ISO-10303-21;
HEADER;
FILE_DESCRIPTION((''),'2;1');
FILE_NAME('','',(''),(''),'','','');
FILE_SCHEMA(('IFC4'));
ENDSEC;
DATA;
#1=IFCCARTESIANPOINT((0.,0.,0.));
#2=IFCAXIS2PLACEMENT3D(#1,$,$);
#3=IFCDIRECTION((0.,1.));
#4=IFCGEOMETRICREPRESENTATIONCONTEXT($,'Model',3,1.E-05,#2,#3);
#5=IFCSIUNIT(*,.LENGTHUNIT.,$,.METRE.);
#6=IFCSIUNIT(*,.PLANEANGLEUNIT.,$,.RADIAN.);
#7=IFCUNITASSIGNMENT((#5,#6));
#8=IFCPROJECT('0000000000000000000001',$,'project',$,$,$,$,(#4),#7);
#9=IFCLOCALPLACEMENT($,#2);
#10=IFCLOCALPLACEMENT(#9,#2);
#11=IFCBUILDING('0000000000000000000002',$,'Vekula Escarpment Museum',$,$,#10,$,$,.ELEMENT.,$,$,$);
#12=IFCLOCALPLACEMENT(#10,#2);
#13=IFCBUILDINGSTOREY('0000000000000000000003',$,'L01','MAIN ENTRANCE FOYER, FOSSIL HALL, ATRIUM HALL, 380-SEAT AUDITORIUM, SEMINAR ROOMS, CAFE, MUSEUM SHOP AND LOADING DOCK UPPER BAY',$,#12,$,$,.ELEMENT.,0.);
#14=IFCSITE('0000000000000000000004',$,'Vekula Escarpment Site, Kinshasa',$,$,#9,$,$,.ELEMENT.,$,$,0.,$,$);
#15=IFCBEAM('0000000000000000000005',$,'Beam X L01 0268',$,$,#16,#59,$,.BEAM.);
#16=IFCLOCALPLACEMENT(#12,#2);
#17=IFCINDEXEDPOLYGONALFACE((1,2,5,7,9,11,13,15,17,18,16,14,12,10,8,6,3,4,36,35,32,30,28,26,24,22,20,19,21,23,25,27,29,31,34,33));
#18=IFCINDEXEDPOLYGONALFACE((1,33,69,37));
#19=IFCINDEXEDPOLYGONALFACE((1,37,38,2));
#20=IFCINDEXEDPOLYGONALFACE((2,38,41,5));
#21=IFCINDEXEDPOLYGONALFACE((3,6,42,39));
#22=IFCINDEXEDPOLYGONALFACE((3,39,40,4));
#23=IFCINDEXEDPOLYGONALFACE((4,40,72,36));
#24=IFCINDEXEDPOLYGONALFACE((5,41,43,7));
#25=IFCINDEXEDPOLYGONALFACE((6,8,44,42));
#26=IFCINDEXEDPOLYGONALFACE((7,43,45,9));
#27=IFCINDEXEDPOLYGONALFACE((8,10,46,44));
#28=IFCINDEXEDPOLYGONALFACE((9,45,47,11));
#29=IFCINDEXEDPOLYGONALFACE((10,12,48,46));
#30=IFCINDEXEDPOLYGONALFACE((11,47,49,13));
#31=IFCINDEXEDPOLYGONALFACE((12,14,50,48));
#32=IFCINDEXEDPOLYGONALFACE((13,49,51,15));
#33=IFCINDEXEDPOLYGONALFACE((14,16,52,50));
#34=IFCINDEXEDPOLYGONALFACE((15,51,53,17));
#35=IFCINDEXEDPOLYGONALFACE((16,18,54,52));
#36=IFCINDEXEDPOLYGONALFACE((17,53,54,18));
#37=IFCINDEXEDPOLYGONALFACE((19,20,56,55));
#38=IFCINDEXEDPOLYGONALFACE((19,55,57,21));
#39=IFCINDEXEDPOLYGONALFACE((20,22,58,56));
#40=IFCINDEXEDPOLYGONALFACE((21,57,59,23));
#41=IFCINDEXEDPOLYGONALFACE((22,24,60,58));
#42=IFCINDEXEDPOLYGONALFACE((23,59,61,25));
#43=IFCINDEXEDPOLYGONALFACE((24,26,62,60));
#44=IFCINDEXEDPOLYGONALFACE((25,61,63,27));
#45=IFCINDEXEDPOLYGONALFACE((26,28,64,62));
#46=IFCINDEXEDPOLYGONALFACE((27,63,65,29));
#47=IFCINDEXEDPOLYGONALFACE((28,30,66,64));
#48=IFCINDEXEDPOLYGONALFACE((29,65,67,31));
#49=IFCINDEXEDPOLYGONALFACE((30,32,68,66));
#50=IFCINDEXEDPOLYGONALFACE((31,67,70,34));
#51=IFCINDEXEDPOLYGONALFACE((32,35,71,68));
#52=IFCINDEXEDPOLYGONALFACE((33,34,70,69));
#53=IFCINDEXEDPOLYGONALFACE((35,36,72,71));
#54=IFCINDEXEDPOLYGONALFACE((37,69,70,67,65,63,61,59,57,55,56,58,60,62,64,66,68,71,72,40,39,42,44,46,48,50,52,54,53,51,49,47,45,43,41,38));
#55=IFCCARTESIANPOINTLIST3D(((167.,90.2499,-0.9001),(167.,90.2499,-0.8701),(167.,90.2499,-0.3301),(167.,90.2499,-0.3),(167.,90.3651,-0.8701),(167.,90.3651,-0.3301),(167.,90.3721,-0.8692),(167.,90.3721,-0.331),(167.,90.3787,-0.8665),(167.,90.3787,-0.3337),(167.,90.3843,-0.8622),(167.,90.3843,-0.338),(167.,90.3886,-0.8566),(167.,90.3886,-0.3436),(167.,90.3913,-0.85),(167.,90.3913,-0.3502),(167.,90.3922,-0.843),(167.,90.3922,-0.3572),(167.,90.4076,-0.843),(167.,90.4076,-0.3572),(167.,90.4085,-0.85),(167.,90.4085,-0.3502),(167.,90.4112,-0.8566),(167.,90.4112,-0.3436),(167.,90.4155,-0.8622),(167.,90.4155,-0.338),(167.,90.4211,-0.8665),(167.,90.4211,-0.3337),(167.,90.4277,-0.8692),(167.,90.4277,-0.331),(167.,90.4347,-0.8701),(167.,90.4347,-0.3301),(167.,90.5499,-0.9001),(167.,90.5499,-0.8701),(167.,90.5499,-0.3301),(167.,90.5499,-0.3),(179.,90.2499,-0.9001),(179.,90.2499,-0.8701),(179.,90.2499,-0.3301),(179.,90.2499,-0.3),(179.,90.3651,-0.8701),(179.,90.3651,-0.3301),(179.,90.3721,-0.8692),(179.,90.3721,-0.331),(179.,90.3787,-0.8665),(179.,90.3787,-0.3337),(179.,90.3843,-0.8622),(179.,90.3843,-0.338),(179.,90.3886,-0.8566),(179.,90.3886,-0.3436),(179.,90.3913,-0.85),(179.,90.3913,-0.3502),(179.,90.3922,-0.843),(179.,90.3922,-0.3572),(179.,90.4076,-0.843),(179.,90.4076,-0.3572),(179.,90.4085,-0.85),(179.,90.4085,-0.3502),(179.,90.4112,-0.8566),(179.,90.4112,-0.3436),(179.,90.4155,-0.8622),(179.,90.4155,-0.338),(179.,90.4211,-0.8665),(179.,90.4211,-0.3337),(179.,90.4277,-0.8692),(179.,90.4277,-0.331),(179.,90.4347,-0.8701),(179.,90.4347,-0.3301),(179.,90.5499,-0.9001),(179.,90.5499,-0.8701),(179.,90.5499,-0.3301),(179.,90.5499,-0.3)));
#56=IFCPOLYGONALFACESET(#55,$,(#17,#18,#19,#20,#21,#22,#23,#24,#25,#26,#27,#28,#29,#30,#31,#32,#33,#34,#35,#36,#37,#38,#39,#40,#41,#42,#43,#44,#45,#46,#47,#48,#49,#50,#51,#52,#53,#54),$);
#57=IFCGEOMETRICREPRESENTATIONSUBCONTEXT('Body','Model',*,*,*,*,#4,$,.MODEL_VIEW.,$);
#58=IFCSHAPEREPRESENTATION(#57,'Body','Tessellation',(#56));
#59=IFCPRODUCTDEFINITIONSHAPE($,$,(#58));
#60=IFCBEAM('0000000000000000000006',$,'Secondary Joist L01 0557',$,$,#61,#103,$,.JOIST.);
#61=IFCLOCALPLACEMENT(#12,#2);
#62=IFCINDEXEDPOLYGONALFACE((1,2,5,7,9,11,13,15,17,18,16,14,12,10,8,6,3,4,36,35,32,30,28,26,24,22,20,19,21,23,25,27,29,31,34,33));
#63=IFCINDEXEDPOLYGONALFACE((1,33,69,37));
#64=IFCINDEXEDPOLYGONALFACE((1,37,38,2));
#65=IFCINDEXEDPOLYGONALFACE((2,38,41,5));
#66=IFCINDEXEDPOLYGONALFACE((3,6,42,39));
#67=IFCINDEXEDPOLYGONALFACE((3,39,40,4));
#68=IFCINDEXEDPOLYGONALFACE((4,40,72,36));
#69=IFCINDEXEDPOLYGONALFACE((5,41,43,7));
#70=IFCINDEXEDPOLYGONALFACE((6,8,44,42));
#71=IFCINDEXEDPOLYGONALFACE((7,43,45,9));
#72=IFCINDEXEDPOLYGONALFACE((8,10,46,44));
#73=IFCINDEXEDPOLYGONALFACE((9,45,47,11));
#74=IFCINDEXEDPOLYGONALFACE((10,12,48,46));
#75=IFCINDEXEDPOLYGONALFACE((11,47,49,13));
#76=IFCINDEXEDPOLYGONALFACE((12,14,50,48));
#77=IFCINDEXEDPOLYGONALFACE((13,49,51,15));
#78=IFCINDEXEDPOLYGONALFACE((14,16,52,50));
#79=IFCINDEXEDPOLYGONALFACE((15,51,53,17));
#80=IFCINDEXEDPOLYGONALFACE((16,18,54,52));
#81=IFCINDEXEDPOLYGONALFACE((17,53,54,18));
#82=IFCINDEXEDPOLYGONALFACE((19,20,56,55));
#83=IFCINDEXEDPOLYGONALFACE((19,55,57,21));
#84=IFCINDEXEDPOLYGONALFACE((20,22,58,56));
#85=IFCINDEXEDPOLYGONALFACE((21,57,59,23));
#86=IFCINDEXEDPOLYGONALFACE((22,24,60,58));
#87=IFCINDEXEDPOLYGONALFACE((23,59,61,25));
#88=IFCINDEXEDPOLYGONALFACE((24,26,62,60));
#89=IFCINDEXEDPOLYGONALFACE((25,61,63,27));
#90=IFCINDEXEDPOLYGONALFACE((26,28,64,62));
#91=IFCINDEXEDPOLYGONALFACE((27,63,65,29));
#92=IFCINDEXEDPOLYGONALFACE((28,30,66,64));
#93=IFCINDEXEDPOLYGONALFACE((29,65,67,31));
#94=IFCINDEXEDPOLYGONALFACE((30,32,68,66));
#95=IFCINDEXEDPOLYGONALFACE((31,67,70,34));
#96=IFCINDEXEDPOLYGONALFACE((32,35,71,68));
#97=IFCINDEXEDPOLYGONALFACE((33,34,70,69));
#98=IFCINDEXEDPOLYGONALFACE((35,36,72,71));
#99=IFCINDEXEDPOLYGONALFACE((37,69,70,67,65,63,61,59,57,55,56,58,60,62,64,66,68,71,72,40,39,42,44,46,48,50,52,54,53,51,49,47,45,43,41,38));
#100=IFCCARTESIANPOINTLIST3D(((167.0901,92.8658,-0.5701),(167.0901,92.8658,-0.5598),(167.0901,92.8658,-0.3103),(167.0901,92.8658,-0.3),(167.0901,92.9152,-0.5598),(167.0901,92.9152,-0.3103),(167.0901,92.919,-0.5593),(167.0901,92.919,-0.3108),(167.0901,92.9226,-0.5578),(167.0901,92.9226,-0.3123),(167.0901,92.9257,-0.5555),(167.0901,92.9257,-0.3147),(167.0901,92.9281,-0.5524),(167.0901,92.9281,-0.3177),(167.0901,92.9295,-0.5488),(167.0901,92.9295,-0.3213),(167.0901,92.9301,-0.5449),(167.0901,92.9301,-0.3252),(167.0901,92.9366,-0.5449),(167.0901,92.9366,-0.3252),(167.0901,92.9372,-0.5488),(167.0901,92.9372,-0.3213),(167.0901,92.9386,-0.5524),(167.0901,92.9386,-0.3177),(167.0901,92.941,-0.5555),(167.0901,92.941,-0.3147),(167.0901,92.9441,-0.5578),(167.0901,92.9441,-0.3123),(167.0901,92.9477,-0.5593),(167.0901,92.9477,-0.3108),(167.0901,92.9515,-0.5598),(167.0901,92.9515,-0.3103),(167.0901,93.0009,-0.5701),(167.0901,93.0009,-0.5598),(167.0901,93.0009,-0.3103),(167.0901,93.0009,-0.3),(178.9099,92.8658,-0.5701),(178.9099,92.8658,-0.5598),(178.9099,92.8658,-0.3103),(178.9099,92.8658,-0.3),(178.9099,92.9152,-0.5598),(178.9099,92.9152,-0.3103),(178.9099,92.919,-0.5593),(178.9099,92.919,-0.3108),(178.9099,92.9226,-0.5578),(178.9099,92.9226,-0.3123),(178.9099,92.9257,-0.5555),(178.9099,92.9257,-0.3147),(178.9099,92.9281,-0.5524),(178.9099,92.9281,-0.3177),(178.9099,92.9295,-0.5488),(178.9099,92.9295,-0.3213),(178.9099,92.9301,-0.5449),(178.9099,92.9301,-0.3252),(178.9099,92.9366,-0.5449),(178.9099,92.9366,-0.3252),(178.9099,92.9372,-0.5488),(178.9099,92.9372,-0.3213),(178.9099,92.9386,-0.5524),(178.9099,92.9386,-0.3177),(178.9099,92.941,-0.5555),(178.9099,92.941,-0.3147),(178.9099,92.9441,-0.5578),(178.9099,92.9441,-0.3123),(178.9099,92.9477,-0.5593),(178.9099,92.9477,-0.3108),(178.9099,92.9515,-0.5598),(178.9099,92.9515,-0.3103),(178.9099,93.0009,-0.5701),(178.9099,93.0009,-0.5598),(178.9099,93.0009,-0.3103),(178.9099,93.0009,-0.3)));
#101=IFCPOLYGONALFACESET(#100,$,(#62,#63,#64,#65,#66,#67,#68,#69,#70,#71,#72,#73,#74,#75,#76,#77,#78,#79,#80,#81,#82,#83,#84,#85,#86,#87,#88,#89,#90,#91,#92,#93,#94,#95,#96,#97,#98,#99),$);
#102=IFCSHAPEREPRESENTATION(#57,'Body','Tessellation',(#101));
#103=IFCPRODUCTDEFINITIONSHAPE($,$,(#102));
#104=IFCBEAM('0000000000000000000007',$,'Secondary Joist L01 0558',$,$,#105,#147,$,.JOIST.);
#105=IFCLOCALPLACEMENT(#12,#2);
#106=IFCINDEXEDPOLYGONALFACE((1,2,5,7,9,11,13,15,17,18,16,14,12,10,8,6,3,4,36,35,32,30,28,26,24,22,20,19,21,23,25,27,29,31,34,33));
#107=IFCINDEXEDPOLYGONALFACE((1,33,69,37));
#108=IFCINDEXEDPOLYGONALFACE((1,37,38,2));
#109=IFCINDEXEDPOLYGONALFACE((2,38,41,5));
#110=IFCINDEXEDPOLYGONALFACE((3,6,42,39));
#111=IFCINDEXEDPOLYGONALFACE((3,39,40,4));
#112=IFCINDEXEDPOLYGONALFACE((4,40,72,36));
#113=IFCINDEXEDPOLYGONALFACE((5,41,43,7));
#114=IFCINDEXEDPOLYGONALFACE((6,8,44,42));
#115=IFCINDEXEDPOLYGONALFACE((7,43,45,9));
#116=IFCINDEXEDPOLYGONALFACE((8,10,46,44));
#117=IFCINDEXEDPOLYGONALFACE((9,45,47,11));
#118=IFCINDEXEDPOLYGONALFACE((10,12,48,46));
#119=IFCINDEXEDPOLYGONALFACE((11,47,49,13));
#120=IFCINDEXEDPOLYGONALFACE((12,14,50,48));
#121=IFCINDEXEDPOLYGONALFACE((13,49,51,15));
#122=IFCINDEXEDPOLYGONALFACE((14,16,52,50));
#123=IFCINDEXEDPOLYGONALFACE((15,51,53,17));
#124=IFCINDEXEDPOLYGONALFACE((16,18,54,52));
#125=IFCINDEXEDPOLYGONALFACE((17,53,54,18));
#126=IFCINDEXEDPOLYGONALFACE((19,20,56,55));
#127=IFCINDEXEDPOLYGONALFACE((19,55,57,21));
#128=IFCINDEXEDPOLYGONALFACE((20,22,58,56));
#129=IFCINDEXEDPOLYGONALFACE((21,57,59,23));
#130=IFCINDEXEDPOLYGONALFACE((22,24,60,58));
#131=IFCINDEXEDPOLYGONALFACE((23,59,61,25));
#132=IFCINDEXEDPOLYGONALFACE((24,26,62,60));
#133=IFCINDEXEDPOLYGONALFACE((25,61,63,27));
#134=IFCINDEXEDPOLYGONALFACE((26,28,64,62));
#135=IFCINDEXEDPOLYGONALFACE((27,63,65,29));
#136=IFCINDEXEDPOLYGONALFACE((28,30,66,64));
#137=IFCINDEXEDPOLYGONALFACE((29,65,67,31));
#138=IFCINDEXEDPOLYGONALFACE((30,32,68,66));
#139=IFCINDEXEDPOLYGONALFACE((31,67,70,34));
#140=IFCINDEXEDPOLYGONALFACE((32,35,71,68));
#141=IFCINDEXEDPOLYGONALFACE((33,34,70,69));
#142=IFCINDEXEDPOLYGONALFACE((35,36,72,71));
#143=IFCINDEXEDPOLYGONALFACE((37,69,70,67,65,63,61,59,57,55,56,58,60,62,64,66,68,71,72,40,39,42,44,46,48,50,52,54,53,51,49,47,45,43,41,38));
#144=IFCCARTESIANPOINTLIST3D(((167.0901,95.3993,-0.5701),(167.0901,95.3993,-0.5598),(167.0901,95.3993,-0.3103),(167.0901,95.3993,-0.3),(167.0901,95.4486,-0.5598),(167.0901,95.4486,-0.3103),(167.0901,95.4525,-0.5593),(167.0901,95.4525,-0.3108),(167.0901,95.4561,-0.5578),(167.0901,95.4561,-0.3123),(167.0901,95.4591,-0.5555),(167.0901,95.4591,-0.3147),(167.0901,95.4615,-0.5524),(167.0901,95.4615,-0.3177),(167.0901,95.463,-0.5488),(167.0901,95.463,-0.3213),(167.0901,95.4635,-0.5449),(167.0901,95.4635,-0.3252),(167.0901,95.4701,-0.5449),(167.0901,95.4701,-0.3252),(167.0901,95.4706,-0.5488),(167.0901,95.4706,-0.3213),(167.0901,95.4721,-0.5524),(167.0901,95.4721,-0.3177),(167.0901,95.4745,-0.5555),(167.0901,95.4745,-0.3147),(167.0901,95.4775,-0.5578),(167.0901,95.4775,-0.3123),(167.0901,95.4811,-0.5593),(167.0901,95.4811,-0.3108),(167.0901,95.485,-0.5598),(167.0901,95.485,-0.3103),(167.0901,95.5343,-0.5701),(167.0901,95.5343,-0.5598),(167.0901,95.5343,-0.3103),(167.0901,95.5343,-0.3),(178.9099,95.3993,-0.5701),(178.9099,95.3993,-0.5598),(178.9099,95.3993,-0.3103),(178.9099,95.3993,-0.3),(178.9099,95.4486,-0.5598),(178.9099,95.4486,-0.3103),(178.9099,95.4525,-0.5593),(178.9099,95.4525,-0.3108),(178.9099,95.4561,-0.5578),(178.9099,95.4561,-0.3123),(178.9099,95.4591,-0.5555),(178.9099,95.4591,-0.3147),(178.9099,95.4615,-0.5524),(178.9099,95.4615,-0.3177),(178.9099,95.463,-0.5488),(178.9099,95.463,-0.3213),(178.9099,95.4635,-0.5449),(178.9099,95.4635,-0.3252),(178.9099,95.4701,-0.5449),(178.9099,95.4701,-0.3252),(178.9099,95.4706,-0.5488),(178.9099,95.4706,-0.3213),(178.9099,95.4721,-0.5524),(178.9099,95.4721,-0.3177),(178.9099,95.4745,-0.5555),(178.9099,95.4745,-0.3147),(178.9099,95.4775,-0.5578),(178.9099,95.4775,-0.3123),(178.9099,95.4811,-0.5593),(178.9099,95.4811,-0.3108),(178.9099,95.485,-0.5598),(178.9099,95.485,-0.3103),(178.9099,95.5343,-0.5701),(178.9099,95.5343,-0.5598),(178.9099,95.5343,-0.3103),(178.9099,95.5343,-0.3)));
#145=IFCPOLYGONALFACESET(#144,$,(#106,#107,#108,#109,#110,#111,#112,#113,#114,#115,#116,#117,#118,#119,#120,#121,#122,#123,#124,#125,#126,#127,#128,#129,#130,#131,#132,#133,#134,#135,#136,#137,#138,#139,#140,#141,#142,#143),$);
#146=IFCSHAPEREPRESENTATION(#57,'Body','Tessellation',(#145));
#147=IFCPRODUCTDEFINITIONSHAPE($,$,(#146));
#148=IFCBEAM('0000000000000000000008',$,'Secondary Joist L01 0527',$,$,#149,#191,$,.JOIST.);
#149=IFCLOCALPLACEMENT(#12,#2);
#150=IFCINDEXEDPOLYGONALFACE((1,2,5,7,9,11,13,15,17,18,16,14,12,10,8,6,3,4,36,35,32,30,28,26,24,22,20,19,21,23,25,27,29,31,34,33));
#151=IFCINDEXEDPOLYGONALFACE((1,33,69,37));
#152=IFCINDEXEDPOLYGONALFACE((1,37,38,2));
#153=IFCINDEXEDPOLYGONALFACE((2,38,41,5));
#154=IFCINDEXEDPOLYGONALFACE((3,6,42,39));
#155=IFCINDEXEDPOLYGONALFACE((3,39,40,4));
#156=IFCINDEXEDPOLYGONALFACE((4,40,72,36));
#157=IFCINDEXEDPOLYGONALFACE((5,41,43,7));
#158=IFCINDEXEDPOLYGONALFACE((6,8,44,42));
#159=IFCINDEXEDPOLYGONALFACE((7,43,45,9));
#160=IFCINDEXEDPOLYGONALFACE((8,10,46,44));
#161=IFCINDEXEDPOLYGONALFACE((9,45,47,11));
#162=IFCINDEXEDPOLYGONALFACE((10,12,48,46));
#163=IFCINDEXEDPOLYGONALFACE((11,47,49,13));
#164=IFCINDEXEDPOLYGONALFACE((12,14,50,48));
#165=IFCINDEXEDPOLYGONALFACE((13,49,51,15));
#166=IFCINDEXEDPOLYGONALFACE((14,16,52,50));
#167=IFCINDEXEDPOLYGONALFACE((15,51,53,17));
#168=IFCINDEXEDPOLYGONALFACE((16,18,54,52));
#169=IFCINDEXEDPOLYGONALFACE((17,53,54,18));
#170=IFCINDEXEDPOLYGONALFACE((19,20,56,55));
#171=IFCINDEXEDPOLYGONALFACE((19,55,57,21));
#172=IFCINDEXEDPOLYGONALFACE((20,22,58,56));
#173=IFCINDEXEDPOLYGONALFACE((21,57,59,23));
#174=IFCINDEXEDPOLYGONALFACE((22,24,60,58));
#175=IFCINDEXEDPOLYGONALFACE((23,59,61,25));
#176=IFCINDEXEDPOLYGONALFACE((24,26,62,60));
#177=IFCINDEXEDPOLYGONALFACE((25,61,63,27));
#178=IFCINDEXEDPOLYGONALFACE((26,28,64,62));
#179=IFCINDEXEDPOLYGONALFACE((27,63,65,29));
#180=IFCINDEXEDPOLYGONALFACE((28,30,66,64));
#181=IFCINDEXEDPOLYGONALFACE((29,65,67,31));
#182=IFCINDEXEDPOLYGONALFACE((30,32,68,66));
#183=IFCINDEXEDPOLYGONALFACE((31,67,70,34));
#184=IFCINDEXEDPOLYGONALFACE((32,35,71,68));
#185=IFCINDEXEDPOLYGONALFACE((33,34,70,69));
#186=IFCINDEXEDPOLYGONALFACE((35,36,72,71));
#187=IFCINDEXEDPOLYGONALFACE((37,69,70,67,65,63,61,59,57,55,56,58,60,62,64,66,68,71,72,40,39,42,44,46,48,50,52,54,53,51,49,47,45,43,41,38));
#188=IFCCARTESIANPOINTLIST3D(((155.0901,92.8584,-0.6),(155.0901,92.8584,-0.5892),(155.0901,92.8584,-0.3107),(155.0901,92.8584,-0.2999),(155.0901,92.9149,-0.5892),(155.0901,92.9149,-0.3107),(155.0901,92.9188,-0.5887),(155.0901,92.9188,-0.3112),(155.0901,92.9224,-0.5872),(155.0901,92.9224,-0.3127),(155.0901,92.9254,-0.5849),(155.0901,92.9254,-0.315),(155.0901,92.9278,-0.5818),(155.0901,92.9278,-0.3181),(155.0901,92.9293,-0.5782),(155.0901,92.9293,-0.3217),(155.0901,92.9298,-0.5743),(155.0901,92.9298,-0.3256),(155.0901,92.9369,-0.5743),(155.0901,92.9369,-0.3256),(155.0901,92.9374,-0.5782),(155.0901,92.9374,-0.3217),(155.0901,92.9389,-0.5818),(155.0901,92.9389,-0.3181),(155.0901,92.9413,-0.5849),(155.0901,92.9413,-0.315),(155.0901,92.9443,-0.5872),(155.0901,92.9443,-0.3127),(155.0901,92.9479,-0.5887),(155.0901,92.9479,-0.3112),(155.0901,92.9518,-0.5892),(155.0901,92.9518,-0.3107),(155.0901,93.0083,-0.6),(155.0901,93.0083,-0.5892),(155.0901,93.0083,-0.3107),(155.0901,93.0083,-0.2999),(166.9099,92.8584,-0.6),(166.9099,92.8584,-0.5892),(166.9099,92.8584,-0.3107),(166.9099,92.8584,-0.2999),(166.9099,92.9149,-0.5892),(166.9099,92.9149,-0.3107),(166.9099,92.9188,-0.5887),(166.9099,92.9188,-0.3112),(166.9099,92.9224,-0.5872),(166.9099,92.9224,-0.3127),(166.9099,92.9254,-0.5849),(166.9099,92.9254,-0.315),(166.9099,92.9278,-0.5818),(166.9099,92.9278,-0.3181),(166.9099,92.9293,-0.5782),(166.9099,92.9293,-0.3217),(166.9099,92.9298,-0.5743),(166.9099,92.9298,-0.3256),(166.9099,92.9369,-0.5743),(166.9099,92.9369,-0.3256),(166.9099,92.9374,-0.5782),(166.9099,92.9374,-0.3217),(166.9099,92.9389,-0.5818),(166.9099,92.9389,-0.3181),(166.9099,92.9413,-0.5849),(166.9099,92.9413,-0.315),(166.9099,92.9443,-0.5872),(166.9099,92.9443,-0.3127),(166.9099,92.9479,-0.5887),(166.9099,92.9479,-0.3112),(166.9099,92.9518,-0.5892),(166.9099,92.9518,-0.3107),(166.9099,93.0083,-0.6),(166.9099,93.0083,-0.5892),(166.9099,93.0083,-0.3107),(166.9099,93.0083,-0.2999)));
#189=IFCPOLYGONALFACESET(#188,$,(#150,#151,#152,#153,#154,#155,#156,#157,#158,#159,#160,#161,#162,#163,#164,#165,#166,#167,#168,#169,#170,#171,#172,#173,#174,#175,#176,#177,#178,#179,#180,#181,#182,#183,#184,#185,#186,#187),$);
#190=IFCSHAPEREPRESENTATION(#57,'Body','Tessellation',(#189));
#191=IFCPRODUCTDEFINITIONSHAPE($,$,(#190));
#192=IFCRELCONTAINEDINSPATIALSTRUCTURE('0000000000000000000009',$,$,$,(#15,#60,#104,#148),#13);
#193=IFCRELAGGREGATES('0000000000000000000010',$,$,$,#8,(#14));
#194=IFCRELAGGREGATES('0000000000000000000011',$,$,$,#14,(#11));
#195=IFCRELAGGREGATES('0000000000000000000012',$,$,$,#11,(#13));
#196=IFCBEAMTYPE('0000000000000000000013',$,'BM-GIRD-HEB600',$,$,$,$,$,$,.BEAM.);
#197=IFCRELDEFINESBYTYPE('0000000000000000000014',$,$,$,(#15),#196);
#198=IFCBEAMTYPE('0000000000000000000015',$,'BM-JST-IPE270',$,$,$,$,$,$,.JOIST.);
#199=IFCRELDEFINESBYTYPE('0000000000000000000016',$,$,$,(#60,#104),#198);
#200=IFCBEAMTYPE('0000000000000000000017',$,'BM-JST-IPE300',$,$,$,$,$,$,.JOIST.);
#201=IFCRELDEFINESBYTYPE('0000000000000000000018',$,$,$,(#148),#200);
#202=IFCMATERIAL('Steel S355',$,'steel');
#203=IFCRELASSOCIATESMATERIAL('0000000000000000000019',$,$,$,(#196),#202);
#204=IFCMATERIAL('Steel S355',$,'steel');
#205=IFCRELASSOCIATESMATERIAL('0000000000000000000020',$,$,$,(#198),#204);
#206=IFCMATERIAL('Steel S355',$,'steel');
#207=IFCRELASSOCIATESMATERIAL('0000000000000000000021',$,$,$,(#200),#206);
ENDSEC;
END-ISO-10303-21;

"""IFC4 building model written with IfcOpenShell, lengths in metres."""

from ifc_helpers import new_model, si_unit, direction, frame, origin, origin_2d, place, context, subcontext, project, spatial, i_section, extrude, material, material_profile, profile_set, type_object, element, save


model = new_model("IFC4")

# Units and contexts
model_context = context("Model", 3, precision=1e-05, world=origin(), true_north=direction((0.0, 1.0)))
body_context = subcontext(model_context, "Body", "Model", "MODEL_VIEW")
ifc_project = project(units=[si_unit("LENGTHUNIT", "METRE"), si_unit("PLANEANGLEUNIT", "RADIAN")], contexts=[model_context])

# Site, building, storey
site_placement = place(None, origin())
site = spatial("IfcSite", under=ifc_project, at=site_placement, Name="Vekula Escarpment Site, Kinshasa", CompositionType="ELEMENT", RefElevation=0.0)
building_placement = place(site_placement, origin())
building = spatial("IfcBuilding", under=site, at=building_placement, Name="Vekula Escarpment Museum", CompositionType="ELEMENT")
storey_placement = place(building_placement, origin())
storey = spatial("IfcBuildingStorey", under=building, at=storey_placement, Name="L01", Description="MAIN ENTRANCE FOYER, FOSSIL HALL, ATRIUM HALL, 380-SEAT AUDITORIUM, SEMINAR ROOMS, CAFE, MUSEUM SHOP AND LOADING DOCK UPPER BAY", CompositionType="ELEMENT", Elevation=0.0)

# Beams
ifc_material_1 = material(Name="Steel S355", Category="steel")
ifc_material_profile_1 = material_profile(ifc_material_1, i_section(OverallWidth=0.3, OverallDepth=0.6001, WebThickness=0.0154, FlangeThickness=0.03, FilletRadius=0.0271, at=origin_2d()), Name="HEB 600")
ifc_profile_set_1 = profile_set([ifc_material_profile_1], Name="Steel S355")
beam_type_1 = type_object("IfcBeamType", Name="BM-GIRD-HEB600", PredefinedType="BEAM", material=ifc_profile_set_1)
for number, where, z_axis, x_axis, name in (
    (1, (167.0, 90.3999, -0.6001), (1.0, 0.0, 0.0), (0.0, 1.0, 0.0), "Beam X L01 0268"),
):
    element("IfcBeam", number, at=place(storey_placement, frame(where, z_axis=z_axis, x_axis=x_axis)), inside=storey, type_object=beam_type_1, Name=name, PredefinedType="BEAM", context=body_context, shape_type="SweptSolid", body=[
        extrude(i_section(OverallWidth=0.3, OverallDepth=0.6001, WebThickness=0.0154, FlangeThickness=0.03, FilletRadius=0.0271, at=origin_2d()), origin(), (0.0, 0.0, 1.0), 12.0),
    ])
ifc_material_2 = material(Name="Steel S355", Category="steel")
ifc_material_profile_2 = material_profile(ifc_material_2, i_section(OverallWidth=0.135, OverallDepth=0.27, WebThickness=0.0066, FlangeThickness=0.0103, FilletRadius=0.0149, at=origin_2d()), Name="IPE 270")
ifc_profile_set_2 = profile_set([ifc_material_profile_2], Name="Steel S355")
beam_type_2 = type_object("IfcBeamType", Name="BM-JST-IPE270", PredefinedType="JOIST", material=ifc_profile_set_2)
for number, where, z_axis, x_axis, name in (
    (2, (167.0901, 92.9333, -0.4351), (1.0, 0.0, 0.0), (0.0, 1.0, 0.0), "Secondary Joist L01 0557"),
    (3, (167.0901, 95.4668, -0.4351), (1.0, 0.0, 0.0), (0.0, 1.0, 0.0), "Secondary Joist L01 0558"),
):
    element("IfcBeam", number, at=place(storey_placement, frame(where, z_axis=z_axis, x_axis=x_axis)), inside=storey, type_object=beam_type_2, Name=name, PredefinedType="JOIST", context=body_context, shape_type="SweptSolid", body=[
        extrude(i_section(OverallWidth=0.135, OverallDepth=0.27, WebThickness=0.0066, FlangeThickness=0.0103, FilletRadius=0.0149, at=origin_2d()), origin(), (0.0, 0.0, 1.0), 11.8198),
    ])
ifc_material_3 = material(Name="Steel S355", Category="steel")
ifc_material_profile_3 = material_profile(ifc_material_3, i_section(OverallWidth=0.1499, OverallDepth=0.3, WebThickness=0.0071, FlangeThickness=0.0107, FilletRadius=0.0149, at=origin_2d()), Name="IPE 300")
ifc_profile_set_3 = profile_set([ifc_material_profile_3], Name="Steel S355")
beam_type_3 = type_object("IfcBeamType", Name="BM-JST-IPE300", PredefinedType="JOIST", material=ifc_profile_set_3)
for number, where, z_axis, x_axis, name in (
    (4, (155.0901, 92.9333, -0.45), (1.0, 0.0, 0.0), (0.0, 1.0, 0.0), "Secondary Joist L01 0527"),
):
    element("IfcBeam", number, at=place(storey_placement, frame(where, z_axis=z_axis, x_axis=x_axis)), inside=storey, type_object=beam_type_3, Name=name, PredefinedType="JOIST", context=body_context, shape_type="SweptSolid", body=[
        extrude(i_section(OverallWidth=0.1499, OverallDepth=0.3, WebThickness=0.0071, FlangeThickness=0.0107, FilletRadius=0.0149, at=origin_2d()), origin(), (0.0, 0.0, 1.0), 11.8198),
    ])

save(model, "model.ifc")
